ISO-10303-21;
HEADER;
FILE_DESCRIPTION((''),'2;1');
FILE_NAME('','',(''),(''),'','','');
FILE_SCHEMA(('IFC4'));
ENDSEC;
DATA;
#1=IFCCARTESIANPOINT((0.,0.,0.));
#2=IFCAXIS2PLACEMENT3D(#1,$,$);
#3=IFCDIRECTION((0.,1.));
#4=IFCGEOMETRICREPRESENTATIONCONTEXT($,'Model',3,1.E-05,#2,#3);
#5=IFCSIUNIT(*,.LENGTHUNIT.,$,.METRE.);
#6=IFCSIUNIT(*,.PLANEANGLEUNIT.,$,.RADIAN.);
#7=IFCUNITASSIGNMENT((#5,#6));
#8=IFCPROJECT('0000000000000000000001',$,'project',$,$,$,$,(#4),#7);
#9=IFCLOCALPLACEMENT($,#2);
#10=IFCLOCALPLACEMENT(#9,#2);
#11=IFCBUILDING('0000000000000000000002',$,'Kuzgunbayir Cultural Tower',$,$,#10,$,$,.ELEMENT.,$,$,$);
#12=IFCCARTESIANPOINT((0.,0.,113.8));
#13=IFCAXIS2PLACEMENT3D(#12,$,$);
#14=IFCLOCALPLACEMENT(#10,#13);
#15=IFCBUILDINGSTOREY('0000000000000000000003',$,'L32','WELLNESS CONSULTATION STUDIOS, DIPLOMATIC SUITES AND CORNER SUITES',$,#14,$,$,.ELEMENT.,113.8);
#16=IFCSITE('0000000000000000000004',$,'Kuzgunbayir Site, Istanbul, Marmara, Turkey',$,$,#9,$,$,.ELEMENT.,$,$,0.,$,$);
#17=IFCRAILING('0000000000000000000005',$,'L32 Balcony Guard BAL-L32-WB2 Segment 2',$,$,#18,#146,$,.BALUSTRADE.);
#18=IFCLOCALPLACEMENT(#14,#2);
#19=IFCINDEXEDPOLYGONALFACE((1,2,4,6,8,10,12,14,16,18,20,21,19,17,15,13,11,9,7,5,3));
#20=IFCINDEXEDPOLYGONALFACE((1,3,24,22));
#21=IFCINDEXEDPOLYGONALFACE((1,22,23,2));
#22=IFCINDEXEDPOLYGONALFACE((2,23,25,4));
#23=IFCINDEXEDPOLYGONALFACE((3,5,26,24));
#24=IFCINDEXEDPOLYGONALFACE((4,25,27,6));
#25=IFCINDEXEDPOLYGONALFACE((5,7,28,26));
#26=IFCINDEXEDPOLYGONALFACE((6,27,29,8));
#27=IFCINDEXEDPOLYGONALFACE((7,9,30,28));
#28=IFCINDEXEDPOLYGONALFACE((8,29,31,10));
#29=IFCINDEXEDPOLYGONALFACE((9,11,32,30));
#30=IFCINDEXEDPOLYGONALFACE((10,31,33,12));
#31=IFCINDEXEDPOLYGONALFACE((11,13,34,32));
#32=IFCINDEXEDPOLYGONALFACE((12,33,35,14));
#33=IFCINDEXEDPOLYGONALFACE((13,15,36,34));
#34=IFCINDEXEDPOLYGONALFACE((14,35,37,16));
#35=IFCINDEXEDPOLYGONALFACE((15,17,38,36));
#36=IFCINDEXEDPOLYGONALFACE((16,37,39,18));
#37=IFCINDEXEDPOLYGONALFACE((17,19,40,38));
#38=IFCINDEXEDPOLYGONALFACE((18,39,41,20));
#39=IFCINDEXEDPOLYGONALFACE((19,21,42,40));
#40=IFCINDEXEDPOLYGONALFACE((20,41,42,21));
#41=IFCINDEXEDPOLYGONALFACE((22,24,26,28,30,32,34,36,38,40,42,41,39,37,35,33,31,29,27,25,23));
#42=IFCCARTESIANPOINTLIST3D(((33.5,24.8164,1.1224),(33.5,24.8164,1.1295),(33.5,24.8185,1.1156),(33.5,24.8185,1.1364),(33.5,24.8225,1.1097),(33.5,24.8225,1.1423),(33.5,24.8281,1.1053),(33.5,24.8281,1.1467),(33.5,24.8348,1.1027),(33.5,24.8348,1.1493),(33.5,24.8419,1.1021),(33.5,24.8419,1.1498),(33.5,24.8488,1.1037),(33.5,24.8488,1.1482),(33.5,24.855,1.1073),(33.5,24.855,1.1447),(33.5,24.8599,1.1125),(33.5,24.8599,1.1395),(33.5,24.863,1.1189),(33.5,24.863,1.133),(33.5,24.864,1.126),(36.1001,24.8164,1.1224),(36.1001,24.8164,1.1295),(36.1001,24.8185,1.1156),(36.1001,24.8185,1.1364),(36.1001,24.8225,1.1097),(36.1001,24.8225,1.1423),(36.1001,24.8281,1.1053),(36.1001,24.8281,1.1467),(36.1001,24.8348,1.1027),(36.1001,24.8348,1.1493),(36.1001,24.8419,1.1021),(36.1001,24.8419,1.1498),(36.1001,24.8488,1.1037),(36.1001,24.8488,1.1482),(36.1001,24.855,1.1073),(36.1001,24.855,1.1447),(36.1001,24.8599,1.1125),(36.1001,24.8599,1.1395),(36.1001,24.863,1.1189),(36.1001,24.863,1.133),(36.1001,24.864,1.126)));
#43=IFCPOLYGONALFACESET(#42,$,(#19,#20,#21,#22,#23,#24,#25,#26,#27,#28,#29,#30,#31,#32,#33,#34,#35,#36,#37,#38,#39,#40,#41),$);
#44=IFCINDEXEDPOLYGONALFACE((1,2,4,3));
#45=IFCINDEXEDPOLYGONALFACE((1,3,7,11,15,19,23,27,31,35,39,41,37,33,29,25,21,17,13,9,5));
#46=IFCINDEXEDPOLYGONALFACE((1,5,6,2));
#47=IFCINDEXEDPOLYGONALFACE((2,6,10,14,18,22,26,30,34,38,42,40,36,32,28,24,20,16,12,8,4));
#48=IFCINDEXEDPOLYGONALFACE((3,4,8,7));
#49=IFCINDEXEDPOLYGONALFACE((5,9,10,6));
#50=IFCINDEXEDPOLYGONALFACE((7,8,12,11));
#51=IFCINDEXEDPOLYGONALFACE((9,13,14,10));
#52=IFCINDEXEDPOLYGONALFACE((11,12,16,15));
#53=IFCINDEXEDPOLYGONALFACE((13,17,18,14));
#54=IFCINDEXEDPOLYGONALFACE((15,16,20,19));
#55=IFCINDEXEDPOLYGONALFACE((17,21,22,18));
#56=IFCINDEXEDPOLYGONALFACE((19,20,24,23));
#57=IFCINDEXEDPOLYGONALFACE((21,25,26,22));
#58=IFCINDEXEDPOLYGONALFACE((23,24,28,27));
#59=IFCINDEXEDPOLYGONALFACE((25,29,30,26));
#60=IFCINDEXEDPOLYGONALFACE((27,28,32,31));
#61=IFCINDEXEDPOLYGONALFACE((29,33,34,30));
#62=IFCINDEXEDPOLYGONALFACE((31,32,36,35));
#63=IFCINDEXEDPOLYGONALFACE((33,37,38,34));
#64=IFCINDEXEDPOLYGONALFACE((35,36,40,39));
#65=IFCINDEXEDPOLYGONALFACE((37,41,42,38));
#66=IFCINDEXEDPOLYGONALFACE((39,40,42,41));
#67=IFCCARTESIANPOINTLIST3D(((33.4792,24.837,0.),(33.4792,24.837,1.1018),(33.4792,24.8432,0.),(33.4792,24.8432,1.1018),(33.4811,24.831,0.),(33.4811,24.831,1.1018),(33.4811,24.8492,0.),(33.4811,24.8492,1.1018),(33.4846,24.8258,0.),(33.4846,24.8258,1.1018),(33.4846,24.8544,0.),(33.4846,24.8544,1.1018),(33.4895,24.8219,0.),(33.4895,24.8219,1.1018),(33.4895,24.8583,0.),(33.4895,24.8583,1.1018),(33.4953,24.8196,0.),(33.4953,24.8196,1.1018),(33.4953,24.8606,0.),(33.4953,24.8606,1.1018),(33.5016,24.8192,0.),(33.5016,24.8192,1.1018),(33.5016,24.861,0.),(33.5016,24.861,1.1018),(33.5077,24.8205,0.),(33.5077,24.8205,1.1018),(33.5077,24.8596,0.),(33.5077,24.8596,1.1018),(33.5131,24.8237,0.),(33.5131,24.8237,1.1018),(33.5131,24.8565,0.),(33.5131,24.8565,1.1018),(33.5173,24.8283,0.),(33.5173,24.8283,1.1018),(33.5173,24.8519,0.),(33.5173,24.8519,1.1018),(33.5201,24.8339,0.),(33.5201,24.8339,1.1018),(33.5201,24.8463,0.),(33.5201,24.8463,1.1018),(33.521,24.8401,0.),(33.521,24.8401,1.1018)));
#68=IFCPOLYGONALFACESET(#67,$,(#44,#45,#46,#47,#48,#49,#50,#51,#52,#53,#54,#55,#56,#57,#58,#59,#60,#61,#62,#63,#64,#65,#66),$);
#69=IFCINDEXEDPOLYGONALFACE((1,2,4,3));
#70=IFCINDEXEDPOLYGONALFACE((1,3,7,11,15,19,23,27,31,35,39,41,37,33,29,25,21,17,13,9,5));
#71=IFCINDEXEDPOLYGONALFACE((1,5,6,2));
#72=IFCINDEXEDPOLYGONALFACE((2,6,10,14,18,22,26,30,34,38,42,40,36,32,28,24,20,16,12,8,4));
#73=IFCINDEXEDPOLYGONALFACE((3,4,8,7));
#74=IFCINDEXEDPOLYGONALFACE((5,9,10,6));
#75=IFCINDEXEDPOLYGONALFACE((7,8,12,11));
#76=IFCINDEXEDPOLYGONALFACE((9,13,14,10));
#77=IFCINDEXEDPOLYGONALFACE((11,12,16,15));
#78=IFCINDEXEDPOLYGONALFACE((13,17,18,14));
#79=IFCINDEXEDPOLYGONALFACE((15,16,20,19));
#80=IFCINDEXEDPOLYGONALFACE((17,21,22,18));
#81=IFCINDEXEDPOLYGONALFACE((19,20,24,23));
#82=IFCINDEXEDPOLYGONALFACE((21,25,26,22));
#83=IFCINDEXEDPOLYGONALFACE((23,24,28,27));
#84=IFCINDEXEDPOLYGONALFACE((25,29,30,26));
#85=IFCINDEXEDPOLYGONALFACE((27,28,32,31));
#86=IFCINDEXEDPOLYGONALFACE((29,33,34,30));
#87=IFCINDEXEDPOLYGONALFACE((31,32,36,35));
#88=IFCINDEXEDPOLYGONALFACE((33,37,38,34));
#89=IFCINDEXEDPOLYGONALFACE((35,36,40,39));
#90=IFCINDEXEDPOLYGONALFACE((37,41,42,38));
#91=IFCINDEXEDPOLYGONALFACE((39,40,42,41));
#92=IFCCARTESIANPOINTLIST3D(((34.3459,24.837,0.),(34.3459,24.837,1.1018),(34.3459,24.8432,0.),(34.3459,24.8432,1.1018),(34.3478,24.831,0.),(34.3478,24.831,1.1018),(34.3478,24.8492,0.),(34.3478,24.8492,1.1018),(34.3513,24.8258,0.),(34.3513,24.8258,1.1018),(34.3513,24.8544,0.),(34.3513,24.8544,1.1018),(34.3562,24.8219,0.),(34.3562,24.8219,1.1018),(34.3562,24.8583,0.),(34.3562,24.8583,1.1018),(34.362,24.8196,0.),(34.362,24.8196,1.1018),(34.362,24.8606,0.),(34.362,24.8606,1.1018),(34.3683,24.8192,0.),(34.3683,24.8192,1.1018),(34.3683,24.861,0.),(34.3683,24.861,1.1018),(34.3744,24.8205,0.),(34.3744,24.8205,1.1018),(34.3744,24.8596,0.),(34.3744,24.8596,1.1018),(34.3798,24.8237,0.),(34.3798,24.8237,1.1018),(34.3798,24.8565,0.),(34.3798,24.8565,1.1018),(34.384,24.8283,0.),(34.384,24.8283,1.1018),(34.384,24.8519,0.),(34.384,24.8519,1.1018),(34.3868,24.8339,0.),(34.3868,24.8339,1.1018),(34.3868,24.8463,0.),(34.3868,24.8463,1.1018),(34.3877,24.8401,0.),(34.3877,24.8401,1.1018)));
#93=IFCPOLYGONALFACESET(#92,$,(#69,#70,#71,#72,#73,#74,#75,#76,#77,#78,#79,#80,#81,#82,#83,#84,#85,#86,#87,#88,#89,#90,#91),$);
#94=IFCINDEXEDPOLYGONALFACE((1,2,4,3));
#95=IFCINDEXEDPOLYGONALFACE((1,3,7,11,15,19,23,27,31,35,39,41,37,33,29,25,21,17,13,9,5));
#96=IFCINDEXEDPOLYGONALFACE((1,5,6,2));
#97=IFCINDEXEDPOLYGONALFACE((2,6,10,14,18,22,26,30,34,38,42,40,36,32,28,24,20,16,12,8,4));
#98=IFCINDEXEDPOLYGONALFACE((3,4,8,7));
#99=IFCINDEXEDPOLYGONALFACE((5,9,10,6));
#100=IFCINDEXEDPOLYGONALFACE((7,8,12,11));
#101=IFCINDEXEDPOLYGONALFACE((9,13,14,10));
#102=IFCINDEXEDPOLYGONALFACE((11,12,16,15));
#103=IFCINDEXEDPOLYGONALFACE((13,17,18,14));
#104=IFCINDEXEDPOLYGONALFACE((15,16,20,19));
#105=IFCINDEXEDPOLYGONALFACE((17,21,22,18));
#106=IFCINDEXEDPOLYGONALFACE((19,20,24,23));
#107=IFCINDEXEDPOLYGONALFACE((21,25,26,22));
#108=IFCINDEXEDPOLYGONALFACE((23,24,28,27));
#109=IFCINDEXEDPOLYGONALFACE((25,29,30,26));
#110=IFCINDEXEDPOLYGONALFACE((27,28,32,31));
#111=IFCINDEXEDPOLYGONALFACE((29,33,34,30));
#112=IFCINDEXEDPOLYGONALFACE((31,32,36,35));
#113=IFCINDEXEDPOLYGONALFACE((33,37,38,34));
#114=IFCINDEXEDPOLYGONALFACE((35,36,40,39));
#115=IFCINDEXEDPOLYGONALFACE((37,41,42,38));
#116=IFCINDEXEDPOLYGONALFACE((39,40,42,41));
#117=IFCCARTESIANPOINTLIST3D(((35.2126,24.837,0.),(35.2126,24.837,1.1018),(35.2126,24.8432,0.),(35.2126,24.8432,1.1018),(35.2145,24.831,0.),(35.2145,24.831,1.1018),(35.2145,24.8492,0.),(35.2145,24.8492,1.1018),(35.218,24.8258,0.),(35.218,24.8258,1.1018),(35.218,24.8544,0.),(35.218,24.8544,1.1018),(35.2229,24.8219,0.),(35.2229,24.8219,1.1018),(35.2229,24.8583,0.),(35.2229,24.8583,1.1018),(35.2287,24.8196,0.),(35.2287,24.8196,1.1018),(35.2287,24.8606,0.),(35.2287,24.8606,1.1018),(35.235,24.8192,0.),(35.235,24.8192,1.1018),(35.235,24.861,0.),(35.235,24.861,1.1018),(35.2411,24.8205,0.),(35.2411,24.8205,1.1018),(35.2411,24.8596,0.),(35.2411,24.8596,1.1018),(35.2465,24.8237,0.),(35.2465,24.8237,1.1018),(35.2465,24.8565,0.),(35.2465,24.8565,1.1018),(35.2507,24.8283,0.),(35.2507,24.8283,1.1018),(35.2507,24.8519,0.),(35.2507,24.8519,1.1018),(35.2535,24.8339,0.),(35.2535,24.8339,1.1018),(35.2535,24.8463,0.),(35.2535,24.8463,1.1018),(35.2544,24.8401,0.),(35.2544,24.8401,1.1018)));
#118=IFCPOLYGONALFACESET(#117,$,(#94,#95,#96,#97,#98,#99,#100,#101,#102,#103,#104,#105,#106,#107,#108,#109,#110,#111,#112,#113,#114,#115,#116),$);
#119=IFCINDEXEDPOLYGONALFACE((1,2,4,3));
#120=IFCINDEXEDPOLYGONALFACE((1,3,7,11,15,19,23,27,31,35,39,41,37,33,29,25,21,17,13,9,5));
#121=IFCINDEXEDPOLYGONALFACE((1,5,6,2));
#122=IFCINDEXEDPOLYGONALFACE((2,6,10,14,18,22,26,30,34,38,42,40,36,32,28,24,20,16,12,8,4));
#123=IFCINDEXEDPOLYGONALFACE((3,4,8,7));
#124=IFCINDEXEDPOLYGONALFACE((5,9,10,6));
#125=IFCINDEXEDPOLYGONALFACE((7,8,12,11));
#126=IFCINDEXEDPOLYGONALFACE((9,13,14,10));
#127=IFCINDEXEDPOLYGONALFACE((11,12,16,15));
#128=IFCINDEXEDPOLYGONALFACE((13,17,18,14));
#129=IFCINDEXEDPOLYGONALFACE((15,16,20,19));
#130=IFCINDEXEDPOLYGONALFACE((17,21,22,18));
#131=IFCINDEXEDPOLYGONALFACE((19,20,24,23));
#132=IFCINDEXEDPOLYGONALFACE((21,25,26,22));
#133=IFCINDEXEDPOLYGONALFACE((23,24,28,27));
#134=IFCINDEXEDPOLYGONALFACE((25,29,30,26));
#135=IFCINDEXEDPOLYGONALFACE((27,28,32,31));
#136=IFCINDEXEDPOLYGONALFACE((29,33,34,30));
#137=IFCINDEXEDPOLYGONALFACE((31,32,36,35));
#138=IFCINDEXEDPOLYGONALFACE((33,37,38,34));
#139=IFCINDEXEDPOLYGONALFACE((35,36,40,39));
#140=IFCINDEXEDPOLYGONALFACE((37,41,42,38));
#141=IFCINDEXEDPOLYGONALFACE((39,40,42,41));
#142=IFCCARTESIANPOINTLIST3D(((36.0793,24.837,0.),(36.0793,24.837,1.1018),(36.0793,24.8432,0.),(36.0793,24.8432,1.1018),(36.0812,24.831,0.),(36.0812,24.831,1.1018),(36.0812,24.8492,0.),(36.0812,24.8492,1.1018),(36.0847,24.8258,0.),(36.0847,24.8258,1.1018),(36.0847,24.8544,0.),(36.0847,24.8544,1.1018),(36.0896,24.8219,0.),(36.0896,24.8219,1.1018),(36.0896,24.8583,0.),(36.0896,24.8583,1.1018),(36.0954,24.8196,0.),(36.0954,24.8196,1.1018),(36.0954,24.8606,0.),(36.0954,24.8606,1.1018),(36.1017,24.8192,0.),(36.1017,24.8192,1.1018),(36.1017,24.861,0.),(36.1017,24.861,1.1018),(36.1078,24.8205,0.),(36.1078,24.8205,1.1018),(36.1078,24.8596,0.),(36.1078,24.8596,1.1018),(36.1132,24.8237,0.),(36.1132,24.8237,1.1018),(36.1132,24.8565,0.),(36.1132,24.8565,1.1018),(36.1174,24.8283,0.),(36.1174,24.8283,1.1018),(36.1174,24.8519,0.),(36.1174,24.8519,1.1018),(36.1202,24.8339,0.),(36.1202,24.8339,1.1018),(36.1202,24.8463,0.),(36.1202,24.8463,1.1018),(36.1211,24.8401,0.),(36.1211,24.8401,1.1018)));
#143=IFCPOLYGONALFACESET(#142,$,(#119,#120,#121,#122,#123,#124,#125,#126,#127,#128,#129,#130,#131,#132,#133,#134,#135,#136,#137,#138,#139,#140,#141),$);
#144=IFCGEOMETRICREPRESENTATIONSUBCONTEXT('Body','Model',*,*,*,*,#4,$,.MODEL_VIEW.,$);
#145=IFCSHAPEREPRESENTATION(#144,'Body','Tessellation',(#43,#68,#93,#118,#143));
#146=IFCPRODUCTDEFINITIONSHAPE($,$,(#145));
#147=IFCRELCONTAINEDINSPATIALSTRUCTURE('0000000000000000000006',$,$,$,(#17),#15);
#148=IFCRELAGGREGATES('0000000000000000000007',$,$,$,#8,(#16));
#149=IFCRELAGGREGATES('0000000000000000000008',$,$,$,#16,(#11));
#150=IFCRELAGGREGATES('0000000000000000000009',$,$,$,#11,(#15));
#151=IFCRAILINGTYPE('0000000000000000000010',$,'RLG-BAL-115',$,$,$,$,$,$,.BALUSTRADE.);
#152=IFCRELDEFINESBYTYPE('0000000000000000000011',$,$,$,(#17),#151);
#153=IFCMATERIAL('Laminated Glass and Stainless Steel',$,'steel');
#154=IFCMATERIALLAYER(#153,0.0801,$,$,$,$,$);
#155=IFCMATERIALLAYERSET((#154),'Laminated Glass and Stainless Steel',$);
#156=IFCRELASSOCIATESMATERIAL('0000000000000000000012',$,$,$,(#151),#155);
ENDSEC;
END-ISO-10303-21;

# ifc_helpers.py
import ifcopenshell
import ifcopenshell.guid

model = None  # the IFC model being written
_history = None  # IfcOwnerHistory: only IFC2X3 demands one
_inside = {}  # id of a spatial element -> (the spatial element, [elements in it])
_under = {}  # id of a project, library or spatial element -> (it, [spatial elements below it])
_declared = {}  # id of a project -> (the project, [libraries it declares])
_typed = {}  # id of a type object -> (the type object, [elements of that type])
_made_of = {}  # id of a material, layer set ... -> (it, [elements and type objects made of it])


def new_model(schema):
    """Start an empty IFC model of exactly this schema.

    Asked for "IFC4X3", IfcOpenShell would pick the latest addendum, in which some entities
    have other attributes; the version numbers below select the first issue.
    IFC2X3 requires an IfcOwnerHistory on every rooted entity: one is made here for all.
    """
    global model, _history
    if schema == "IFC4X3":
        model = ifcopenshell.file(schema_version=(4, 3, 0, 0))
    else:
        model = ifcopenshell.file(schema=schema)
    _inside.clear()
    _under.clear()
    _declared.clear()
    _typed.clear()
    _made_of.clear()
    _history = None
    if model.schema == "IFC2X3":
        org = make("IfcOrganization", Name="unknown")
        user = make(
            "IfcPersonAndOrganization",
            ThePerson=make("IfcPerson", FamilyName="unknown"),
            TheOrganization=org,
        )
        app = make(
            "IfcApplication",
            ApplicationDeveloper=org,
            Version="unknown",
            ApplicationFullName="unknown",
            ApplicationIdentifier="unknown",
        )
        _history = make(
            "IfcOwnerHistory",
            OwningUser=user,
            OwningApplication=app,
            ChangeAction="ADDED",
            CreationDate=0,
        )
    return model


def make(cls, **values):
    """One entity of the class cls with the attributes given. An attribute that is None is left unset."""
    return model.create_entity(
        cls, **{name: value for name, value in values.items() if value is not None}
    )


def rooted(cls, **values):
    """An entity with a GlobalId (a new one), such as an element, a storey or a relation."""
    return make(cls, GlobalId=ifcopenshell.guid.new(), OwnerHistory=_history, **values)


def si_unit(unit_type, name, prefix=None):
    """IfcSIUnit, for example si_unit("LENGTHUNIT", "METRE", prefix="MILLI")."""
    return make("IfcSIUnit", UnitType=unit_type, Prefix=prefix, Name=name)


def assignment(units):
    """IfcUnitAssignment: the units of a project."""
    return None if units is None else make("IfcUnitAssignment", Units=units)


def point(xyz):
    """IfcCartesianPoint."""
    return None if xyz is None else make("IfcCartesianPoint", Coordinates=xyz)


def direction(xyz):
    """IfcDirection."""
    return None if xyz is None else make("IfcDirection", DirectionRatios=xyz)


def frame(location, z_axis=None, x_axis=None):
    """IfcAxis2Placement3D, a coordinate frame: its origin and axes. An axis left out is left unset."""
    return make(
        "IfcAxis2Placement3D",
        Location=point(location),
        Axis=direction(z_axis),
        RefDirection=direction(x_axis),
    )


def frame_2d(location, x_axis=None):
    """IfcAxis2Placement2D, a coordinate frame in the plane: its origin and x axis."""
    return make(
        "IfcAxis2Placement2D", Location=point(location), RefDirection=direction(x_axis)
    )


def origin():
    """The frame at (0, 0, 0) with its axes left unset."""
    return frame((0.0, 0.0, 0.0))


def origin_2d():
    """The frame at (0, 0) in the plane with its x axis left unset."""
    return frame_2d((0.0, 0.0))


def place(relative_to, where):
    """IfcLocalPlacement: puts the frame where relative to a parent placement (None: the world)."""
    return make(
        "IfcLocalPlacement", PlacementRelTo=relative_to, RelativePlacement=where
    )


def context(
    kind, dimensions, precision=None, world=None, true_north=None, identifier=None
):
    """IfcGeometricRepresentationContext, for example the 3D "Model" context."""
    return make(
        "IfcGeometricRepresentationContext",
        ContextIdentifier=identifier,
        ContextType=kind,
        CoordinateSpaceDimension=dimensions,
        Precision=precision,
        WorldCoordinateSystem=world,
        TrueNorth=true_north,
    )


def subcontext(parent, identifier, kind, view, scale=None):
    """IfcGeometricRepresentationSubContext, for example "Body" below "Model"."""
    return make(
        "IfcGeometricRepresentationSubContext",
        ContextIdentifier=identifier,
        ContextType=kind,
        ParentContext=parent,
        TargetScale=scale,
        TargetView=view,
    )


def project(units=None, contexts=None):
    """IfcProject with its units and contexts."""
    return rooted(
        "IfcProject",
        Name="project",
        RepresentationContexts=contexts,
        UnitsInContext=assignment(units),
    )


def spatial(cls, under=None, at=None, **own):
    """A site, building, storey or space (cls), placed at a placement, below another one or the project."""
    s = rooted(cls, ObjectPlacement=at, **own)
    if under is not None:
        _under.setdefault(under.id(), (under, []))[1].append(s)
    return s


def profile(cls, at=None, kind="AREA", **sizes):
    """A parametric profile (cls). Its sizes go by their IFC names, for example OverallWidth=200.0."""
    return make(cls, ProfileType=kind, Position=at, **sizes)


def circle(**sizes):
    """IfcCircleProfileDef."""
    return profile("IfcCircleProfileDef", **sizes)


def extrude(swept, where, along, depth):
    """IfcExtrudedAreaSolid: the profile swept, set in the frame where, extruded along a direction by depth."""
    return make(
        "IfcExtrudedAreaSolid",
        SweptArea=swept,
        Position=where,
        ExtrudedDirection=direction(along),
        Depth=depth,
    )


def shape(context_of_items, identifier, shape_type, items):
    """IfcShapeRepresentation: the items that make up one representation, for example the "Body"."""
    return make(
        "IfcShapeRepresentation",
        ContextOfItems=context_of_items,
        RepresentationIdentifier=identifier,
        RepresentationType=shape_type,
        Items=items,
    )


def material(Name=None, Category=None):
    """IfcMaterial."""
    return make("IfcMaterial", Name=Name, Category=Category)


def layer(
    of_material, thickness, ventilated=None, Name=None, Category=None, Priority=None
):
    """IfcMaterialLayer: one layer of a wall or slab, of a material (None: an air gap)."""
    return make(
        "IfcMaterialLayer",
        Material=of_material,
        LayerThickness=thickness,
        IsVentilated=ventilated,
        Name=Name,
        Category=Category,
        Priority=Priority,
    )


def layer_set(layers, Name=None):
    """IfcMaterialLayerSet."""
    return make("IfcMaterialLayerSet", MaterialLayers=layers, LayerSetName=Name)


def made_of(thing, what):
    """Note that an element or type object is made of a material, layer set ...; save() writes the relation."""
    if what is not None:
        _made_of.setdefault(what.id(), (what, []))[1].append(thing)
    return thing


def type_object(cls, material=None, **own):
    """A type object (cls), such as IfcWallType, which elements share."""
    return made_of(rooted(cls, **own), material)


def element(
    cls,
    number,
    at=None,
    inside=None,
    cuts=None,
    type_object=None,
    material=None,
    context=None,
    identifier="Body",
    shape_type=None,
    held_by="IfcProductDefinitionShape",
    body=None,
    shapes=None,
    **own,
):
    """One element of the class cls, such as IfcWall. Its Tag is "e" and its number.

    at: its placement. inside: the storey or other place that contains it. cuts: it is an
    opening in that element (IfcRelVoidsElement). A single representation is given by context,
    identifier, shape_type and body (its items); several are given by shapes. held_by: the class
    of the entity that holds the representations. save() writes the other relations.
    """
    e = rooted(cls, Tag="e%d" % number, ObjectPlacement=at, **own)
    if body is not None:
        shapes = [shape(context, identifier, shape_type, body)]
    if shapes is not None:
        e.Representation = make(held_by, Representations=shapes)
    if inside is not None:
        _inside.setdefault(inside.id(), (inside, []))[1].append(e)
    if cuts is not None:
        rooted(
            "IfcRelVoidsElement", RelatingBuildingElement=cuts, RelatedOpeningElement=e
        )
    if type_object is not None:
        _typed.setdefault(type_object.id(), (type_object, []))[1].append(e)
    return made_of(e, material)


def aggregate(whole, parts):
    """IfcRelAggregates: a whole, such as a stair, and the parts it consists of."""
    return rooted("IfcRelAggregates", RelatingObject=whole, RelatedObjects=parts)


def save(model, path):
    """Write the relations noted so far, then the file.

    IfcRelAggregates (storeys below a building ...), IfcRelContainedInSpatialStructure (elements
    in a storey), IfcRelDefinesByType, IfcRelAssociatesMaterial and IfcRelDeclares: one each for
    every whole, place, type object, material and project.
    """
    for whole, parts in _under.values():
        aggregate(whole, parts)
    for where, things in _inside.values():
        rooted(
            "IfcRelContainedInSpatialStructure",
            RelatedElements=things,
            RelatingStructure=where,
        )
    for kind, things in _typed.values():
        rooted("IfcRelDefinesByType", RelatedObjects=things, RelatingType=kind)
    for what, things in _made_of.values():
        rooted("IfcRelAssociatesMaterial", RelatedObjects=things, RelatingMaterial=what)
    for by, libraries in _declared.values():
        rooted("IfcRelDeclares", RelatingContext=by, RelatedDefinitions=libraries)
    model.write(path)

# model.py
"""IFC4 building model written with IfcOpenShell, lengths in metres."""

from ifc_helpers import new_model, si_unit, direction, frame, origin, origin_2d, place, context, subcontext, project, spatial, circle, extrude, material, layer, layer_set, type_object, element, save


model = new_model("IFC4")

# Units and contexts
model_context = context("Model", 3, precision=1e-05, world=origin(), true_north=direction((0.0, 1.0)))
body_context = subcontext(model_context, "Body", "Model", "MODEL_VIEW")
ifc_project = project(units=[si_unit("LENGTHUNIT", "METRE"), si_unit("PLANEANGLEUNIT", "RADIAN")], contexts=[model_context])

# Site, building, storey
site_placement = place(None, origin())
site = spatial("IfcSite", under=ifc_project, at=site_placement, Name="Kuzgunbayir Site, Istanbul, Marmara, Turkey", CompositionType="ELEMENT", RefElevation=0.0)
building_placement = place(site_placement, origin())
building = spatial("IfcBuilding", under=site, at=building_placement, Name="Kuzgunbayir Cultural Tower", CompositionType="ELEMENT")
storey_placement = place(building_placement, frame((0.0, 0.0, 113.8)))
storey = spatial("IfcBuildingStorey", under=building, at=storey_placement, Name="L32", Description="WELLNESS CONSULTATION STUDIOS, DIPLOMATIC SUITES AND CORNER SUITES", CompositionType="ELEMENT", Elevation=113.8)

# Railing
ifc_material_1 = material(Name="Laminated Glass and Stainless Steel", Category="steel")
ifc_layer_1 = layer(ifc_material_1, 0.0801)
ifc_layer_set_1 = layer_set([ifc_layer_1], Name="Laminated Glass and Stainless Steel")
railing_type = type_object("IfcRailingType", Name="RLG-BAL-115", PredefinedType="BALUSTRADE", material=ifc_layer_set_1)
railing_1_placement = place(storey_placement, frame((33.5, 24.8401, 0.0)))
element("IfcRailing", 1, at=railing_1_placement, inside=storey, type_object=railing_type, Name="L32 Balcony Guard BAL-L32-WB2 Segment 2", PredefinedType="BALUSTRADE", context=body_context, shape_type="SweptSolid", body=[
    extrude(circle(Radius=0.0239, at=origin_2d()), frame((0.0, 0.0, 1.126), z_axis=(1.0, 0.0, 0.0), x_axis=(0.0, 1.0, 0.0)), (0.0, 0.0, 1.0), 2.6001),
    extrude(circle(Radius=0.021, at=origin_2d()), origin(), (0.0, 0.0, 1.0), 1.1018),
    extrude(circle(Radius=0.021, at=origin_2d()), frame((0.8667, 0.0, 0.0)), (0.0, 0.0, 1.0), 1.1018),
    extrude(circle(Radius=0.021, at=origin_2d()), frame((1.7334, 0.0, 0.0)), (0.0, 0.0, 1.0), 1.1018),
    extrude(circle(Radius=0.021, at=origin_2d()), frame((2.6001, 0.0, 0.0)), (0.0, 0.0, 1.0), 1.1018),
])

save(model, "model.ifc")
